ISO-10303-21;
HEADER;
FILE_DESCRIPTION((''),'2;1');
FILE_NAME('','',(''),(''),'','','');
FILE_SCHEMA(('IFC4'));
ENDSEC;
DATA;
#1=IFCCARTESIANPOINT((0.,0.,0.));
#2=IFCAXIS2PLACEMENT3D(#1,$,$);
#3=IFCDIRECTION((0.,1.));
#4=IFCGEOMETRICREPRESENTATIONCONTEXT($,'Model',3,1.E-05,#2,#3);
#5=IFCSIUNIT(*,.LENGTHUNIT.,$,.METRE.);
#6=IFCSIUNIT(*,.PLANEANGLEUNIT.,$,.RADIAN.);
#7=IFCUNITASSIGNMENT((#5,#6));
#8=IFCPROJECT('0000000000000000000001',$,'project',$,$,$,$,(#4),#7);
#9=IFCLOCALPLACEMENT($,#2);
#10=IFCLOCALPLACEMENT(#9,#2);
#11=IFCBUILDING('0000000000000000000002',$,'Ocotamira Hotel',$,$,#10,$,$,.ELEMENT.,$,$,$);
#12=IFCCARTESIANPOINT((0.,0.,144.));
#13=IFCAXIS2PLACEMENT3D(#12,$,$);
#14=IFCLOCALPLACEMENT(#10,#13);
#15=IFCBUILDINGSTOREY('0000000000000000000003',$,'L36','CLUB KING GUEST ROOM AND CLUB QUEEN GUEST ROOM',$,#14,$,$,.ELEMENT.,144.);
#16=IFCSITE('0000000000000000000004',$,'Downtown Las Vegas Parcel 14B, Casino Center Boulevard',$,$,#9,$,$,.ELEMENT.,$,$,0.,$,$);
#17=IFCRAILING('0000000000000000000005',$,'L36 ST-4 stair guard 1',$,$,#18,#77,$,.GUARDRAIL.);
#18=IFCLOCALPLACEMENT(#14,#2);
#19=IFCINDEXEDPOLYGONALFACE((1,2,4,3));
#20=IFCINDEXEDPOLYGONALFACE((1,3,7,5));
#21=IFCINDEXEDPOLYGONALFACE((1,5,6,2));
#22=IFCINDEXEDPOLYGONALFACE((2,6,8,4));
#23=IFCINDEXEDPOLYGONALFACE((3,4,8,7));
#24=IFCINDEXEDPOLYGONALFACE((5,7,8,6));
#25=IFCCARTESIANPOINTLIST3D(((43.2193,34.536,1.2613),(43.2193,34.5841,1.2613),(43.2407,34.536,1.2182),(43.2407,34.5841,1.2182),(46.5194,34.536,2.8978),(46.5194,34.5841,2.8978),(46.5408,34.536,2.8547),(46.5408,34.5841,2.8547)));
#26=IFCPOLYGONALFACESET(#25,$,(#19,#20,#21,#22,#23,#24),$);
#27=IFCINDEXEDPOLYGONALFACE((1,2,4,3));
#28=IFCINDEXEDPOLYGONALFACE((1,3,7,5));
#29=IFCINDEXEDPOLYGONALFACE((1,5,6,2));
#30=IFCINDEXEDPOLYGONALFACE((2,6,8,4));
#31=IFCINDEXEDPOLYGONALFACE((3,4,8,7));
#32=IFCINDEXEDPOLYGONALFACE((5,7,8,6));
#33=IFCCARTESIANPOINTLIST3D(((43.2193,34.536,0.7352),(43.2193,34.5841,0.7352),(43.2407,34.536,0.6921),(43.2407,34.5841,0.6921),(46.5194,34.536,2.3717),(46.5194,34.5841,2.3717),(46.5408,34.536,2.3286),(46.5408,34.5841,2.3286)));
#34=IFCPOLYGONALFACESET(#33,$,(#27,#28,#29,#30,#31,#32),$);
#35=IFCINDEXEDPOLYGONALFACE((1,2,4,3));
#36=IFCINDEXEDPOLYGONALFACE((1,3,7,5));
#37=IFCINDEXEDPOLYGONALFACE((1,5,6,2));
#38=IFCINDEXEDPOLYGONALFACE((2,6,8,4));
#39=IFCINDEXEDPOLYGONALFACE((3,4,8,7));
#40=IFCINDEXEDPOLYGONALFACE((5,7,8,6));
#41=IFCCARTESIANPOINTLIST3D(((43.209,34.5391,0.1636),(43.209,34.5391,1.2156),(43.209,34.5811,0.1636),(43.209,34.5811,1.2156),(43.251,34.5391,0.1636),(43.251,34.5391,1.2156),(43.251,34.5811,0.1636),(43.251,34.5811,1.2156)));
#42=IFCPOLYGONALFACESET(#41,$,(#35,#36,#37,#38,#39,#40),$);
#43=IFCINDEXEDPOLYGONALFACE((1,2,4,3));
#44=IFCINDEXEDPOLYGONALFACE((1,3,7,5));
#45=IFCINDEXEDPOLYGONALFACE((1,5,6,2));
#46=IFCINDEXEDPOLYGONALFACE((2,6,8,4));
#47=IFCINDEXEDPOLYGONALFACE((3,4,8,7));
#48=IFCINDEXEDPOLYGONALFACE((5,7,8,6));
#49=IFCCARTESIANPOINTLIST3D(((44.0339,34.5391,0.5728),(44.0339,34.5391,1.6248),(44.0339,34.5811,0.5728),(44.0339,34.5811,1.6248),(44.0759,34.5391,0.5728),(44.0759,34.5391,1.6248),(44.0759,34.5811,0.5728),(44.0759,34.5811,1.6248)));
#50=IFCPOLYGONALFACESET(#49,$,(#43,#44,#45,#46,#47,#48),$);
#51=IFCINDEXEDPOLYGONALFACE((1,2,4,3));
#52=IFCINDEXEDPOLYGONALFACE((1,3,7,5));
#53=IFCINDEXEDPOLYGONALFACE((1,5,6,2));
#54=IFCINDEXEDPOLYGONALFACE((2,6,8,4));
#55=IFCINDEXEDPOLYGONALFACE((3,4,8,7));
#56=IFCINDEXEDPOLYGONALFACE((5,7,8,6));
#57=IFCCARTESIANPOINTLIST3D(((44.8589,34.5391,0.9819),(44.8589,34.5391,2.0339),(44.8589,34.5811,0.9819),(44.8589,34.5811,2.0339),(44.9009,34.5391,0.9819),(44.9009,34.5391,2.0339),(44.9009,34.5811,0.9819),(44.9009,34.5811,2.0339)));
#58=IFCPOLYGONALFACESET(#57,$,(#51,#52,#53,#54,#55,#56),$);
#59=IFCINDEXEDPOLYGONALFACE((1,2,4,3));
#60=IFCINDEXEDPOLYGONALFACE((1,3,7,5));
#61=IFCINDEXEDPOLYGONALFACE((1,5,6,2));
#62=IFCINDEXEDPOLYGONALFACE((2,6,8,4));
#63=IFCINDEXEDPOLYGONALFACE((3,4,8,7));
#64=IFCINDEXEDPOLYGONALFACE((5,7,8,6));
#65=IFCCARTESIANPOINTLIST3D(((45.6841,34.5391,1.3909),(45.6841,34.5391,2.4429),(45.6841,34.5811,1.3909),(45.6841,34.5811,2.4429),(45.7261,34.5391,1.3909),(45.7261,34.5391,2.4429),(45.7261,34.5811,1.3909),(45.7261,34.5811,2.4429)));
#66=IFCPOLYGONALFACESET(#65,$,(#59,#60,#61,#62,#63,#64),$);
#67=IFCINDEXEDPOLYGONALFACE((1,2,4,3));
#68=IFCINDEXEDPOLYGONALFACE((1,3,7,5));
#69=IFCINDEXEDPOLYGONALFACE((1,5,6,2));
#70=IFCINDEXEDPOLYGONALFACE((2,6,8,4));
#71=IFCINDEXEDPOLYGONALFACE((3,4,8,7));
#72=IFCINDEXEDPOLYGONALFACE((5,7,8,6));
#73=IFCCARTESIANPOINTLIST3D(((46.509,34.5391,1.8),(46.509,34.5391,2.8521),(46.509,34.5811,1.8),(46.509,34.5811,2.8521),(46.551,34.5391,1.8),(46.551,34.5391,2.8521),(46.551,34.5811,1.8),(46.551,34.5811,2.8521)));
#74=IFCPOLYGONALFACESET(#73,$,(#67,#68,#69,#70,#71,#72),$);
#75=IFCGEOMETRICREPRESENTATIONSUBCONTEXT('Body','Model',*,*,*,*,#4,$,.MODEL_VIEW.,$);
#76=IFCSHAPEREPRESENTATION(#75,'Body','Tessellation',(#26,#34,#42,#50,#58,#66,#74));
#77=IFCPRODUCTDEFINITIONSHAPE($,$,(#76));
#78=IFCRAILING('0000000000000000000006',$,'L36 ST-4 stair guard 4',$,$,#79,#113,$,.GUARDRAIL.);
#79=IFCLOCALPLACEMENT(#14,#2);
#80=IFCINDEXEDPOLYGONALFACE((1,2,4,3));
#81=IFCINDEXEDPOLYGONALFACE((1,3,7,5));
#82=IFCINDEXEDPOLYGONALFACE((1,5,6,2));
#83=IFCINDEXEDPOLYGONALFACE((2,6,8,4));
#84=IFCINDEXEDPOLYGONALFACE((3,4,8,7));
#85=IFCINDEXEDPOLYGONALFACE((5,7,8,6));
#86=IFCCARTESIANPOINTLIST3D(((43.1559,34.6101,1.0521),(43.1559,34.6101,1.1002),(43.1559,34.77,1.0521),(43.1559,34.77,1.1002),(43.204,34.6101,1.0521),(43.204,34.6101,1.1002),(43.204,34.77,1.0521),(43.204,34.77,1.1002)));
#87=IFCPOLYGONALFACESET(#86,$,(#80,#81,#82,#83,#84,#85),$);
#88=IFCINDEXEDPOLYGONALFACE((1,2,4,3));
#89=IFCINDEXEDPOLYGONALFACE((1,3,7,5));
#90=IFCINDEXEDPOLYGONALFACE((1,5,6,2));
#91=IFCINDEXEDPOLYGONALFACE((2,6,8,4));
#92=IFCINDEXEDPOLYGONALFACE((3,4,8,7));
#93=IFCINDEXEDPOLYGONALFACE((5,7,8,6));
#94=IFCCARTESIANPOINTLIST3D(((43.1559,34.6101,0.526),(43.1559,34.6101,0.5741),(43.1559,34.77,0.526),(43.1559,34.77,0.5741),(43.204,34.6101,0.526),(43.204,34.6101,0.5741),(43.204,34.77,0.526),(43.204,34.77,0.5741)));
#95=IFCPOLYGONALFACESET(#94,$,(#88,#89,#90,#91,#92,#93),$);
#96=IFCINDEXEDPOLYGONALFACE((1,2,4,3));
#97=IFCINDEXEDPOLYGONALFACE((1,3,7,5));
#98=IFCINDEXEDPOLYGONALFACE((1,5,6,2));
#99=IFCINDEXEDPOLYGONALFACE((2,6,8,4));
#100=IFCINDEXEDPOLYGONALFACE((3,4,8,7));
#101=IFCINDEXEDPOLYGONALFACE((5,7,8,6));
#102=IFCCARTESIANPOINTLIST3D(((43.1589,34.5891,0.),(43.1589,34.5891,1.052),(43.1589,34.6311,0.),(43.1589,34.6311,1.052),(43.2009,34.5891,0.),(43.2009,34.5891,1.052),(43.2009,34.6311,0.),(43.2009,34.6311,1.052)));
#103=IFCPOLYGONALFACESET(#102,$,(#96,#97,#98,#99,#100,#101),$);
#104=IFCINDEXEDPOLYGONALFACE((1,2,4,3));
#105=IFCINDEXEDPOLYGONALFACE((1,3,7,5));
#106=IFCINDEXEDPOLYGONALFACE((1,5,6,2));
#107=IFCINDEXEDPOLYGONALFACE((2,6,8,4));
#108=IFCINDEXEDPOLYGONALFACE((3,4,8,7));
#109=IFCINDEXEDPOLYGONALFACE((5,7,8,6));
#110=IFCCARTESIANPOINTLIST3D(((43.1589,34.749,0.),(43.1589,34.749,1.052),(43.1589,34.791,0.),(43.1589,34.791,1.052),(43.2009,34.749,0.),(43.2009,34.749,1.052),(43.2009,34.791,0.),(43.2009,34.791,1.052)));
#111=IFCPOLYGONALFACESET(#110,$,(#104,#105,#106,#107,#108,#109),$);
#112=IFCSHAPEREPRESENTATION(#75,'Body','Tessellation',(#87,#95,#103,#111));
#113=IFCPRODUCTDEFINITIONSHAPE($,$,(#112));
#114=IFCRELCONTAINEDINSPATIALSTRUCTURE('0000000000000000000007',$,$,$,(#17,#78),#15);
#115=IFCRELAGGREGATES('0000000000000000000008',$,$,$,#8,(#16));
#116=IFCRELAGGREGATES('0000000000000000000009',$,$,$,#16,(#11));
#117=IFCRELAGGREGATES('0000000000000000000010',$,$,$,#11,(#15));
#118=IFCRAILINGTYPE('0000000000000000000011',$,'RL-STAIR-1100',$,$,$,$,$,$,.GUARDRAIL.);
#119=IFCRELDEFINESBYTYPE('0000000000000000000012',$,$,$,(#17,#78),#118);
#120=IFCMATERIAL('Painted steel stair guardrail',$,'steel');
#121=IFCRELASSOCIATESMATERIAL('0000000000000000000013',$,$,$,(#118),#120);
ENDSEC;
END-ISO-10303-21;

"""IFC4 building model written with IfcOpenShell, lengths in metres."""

from ifc_helpers import new_model, si_unit, direction, frame, origin, origin_2d, place, context, subcontext, project, spatial, rectangle, extrude, material, type_object, element, save


model = new_model("IFC4")

# Units and contexts
model_context = context("Model", 3, precision=1e-05, world=origin(), true_north=direction((0.0, 1.0)))
body_context = subcontext(model_context, "Body", "Model", "MODEL_VIEW")
ifc_project = project(units=[si_unit("LENGTHUNIT", "METRE"), si_unit("PLANEANGLEUNIT", "RADIAN")], contexts=[model_context])

# Site, building, storey
site_placement = place(None, origin())
site = spatial("IfcSite", under=ifc_project, at=site_placement, Name="Downtown Las Vegas Parcel 14B, Casino Center Boulevard", CompositionType="ELEMENT", RefElevation=0.0)
building_placement = place(site_placement, origin())
building = spatial("IfcBuilding", under=site, at=building_placement, Name="Ocotamira Hotel", CompositionType="ELEMENT")
storey_placement = place(building_placement, frame((0.0, 0.0, 144.0)))
storey = spatial("IfcBuildingStorey", under=building, at=storey_placement, Name="L36", Description="CLUB KING GUEST ROOM AND CLUB QUEEN GUEST ROOM", CompositionType="ELEMENT", Elevation=144.0)

# Railings
ifc_material_1 = material(Name="Painted steel stair guardrail", Category="steel")
railing_type_1 = type_object("IfcRailingType", Name="RL-STAIR-1100", PredefinedType="GUARDRAIL", material=ifc_material_1)
railing_1_placement = place(storey_placement, frame((43.23, 34.5601, 0.1636)))
element("IfcRailing", 1, at=railing_1_placement, inside=storey, type_object=railing_type_1, Name="L36 ST-4 stair guard 1", PredefinedType="GUARDRAIL", context=body_context, shape_type="SweptSolid", body=[
    extrude(rectangle(XDim=0.0481, YDim=0.0481, at=origin_2d()), frame((0.0, 0.0, 1.0762), z_axis=(0.895894, 0.0, 0.444268), x_axis=(0.0, 1.0, 0.0)), (0.0, 0.0, 1.0), 3.6836),
    extrude(rectangle(XDim=0.0481, YDim=0.0481, at=origin_2d()), frame((0.0, 0.0, 0.55), z_axis=(0.895894, 0.0, 0.444268), x_axis=(0.0, 1.0, 0.0)), (0.0, 0.0, 1.0), 3.6836),
    extrude(rectangle(XDim=0.042, YDim=0.042, at=origin_2d()), origin(), (0.0, 0.0, 1.0), 1.052),
    extrude(rectangle(XDim=0.042, YDim=0.042, at=origin_2d()), frame((0.825, 0.0, 0.4092)), (0.0, 0.0, 1.0), 1.052),
    extrude(rectangle(XDim=0.042, YDim=0.042, at=origin_2d()), frame((1.6499, 0.0, 0.8184)), (0.0, 0.0, 1.0), 1.052),
    extrude(rectangle(XDim=0.042, YDim=0.042, at=origin_2d()), frame((2.4751, 0.0, 1.2273)), (0.0, 0.0, 1.0), 1.052),
    extrude(rectangle(XDim=0.042, YDim=0.042, at=origin_2d()), frame((3.3, 0.0, 1.6365)), (0.0, 0.0, 1.0), 1.052),
])
railing_2_placement = place(storey_placement, frame((43.1799, 34.6101, 0.0)))
element("IfcRailing", 2, at=railing_2_placement, inside=storey, type_object=railing_type_1, Name="L36 ST-4 stair guard 4", PredefinedType="GUARDRAIL", context=body_context, shape_type="SweptSolid", body=[
    extrude(rectangle(XDim=0.0481, YDim=0.0481, at=origin_2d()), frame((0.0, 0.0, 1.0762), z_axis=(0.0, 1.0, 0.0), x_axis=(-1.0, 0.0, 0.0)), (0.0, 0.0, 1.0), 0.1599),
    extrude(rectangle(XDim=0.0481, YDim=0.0481, at=origin_2d()), frame((0.0, 0.0, 0.55), z_axis=(0.0, 1.0, 0.0), x_axis=(-1.0, 0.0, 0.0)), (0.0, 0.0, 1.0), 0.1599),
    extrude(rectangle(XDim=0.042, YDim=0.042, at=origin_2d()), origin(), (0.0, 0.0, 1.0), 1.052),
    extrude(rectangle(XDim=0.042, YDim=0.042, at=origin_2d()), frame((0.0, 0.1599, 0.0)), (0.0, 0.0, 1.0), 1.052),
])

save(model, "model.ifc")
